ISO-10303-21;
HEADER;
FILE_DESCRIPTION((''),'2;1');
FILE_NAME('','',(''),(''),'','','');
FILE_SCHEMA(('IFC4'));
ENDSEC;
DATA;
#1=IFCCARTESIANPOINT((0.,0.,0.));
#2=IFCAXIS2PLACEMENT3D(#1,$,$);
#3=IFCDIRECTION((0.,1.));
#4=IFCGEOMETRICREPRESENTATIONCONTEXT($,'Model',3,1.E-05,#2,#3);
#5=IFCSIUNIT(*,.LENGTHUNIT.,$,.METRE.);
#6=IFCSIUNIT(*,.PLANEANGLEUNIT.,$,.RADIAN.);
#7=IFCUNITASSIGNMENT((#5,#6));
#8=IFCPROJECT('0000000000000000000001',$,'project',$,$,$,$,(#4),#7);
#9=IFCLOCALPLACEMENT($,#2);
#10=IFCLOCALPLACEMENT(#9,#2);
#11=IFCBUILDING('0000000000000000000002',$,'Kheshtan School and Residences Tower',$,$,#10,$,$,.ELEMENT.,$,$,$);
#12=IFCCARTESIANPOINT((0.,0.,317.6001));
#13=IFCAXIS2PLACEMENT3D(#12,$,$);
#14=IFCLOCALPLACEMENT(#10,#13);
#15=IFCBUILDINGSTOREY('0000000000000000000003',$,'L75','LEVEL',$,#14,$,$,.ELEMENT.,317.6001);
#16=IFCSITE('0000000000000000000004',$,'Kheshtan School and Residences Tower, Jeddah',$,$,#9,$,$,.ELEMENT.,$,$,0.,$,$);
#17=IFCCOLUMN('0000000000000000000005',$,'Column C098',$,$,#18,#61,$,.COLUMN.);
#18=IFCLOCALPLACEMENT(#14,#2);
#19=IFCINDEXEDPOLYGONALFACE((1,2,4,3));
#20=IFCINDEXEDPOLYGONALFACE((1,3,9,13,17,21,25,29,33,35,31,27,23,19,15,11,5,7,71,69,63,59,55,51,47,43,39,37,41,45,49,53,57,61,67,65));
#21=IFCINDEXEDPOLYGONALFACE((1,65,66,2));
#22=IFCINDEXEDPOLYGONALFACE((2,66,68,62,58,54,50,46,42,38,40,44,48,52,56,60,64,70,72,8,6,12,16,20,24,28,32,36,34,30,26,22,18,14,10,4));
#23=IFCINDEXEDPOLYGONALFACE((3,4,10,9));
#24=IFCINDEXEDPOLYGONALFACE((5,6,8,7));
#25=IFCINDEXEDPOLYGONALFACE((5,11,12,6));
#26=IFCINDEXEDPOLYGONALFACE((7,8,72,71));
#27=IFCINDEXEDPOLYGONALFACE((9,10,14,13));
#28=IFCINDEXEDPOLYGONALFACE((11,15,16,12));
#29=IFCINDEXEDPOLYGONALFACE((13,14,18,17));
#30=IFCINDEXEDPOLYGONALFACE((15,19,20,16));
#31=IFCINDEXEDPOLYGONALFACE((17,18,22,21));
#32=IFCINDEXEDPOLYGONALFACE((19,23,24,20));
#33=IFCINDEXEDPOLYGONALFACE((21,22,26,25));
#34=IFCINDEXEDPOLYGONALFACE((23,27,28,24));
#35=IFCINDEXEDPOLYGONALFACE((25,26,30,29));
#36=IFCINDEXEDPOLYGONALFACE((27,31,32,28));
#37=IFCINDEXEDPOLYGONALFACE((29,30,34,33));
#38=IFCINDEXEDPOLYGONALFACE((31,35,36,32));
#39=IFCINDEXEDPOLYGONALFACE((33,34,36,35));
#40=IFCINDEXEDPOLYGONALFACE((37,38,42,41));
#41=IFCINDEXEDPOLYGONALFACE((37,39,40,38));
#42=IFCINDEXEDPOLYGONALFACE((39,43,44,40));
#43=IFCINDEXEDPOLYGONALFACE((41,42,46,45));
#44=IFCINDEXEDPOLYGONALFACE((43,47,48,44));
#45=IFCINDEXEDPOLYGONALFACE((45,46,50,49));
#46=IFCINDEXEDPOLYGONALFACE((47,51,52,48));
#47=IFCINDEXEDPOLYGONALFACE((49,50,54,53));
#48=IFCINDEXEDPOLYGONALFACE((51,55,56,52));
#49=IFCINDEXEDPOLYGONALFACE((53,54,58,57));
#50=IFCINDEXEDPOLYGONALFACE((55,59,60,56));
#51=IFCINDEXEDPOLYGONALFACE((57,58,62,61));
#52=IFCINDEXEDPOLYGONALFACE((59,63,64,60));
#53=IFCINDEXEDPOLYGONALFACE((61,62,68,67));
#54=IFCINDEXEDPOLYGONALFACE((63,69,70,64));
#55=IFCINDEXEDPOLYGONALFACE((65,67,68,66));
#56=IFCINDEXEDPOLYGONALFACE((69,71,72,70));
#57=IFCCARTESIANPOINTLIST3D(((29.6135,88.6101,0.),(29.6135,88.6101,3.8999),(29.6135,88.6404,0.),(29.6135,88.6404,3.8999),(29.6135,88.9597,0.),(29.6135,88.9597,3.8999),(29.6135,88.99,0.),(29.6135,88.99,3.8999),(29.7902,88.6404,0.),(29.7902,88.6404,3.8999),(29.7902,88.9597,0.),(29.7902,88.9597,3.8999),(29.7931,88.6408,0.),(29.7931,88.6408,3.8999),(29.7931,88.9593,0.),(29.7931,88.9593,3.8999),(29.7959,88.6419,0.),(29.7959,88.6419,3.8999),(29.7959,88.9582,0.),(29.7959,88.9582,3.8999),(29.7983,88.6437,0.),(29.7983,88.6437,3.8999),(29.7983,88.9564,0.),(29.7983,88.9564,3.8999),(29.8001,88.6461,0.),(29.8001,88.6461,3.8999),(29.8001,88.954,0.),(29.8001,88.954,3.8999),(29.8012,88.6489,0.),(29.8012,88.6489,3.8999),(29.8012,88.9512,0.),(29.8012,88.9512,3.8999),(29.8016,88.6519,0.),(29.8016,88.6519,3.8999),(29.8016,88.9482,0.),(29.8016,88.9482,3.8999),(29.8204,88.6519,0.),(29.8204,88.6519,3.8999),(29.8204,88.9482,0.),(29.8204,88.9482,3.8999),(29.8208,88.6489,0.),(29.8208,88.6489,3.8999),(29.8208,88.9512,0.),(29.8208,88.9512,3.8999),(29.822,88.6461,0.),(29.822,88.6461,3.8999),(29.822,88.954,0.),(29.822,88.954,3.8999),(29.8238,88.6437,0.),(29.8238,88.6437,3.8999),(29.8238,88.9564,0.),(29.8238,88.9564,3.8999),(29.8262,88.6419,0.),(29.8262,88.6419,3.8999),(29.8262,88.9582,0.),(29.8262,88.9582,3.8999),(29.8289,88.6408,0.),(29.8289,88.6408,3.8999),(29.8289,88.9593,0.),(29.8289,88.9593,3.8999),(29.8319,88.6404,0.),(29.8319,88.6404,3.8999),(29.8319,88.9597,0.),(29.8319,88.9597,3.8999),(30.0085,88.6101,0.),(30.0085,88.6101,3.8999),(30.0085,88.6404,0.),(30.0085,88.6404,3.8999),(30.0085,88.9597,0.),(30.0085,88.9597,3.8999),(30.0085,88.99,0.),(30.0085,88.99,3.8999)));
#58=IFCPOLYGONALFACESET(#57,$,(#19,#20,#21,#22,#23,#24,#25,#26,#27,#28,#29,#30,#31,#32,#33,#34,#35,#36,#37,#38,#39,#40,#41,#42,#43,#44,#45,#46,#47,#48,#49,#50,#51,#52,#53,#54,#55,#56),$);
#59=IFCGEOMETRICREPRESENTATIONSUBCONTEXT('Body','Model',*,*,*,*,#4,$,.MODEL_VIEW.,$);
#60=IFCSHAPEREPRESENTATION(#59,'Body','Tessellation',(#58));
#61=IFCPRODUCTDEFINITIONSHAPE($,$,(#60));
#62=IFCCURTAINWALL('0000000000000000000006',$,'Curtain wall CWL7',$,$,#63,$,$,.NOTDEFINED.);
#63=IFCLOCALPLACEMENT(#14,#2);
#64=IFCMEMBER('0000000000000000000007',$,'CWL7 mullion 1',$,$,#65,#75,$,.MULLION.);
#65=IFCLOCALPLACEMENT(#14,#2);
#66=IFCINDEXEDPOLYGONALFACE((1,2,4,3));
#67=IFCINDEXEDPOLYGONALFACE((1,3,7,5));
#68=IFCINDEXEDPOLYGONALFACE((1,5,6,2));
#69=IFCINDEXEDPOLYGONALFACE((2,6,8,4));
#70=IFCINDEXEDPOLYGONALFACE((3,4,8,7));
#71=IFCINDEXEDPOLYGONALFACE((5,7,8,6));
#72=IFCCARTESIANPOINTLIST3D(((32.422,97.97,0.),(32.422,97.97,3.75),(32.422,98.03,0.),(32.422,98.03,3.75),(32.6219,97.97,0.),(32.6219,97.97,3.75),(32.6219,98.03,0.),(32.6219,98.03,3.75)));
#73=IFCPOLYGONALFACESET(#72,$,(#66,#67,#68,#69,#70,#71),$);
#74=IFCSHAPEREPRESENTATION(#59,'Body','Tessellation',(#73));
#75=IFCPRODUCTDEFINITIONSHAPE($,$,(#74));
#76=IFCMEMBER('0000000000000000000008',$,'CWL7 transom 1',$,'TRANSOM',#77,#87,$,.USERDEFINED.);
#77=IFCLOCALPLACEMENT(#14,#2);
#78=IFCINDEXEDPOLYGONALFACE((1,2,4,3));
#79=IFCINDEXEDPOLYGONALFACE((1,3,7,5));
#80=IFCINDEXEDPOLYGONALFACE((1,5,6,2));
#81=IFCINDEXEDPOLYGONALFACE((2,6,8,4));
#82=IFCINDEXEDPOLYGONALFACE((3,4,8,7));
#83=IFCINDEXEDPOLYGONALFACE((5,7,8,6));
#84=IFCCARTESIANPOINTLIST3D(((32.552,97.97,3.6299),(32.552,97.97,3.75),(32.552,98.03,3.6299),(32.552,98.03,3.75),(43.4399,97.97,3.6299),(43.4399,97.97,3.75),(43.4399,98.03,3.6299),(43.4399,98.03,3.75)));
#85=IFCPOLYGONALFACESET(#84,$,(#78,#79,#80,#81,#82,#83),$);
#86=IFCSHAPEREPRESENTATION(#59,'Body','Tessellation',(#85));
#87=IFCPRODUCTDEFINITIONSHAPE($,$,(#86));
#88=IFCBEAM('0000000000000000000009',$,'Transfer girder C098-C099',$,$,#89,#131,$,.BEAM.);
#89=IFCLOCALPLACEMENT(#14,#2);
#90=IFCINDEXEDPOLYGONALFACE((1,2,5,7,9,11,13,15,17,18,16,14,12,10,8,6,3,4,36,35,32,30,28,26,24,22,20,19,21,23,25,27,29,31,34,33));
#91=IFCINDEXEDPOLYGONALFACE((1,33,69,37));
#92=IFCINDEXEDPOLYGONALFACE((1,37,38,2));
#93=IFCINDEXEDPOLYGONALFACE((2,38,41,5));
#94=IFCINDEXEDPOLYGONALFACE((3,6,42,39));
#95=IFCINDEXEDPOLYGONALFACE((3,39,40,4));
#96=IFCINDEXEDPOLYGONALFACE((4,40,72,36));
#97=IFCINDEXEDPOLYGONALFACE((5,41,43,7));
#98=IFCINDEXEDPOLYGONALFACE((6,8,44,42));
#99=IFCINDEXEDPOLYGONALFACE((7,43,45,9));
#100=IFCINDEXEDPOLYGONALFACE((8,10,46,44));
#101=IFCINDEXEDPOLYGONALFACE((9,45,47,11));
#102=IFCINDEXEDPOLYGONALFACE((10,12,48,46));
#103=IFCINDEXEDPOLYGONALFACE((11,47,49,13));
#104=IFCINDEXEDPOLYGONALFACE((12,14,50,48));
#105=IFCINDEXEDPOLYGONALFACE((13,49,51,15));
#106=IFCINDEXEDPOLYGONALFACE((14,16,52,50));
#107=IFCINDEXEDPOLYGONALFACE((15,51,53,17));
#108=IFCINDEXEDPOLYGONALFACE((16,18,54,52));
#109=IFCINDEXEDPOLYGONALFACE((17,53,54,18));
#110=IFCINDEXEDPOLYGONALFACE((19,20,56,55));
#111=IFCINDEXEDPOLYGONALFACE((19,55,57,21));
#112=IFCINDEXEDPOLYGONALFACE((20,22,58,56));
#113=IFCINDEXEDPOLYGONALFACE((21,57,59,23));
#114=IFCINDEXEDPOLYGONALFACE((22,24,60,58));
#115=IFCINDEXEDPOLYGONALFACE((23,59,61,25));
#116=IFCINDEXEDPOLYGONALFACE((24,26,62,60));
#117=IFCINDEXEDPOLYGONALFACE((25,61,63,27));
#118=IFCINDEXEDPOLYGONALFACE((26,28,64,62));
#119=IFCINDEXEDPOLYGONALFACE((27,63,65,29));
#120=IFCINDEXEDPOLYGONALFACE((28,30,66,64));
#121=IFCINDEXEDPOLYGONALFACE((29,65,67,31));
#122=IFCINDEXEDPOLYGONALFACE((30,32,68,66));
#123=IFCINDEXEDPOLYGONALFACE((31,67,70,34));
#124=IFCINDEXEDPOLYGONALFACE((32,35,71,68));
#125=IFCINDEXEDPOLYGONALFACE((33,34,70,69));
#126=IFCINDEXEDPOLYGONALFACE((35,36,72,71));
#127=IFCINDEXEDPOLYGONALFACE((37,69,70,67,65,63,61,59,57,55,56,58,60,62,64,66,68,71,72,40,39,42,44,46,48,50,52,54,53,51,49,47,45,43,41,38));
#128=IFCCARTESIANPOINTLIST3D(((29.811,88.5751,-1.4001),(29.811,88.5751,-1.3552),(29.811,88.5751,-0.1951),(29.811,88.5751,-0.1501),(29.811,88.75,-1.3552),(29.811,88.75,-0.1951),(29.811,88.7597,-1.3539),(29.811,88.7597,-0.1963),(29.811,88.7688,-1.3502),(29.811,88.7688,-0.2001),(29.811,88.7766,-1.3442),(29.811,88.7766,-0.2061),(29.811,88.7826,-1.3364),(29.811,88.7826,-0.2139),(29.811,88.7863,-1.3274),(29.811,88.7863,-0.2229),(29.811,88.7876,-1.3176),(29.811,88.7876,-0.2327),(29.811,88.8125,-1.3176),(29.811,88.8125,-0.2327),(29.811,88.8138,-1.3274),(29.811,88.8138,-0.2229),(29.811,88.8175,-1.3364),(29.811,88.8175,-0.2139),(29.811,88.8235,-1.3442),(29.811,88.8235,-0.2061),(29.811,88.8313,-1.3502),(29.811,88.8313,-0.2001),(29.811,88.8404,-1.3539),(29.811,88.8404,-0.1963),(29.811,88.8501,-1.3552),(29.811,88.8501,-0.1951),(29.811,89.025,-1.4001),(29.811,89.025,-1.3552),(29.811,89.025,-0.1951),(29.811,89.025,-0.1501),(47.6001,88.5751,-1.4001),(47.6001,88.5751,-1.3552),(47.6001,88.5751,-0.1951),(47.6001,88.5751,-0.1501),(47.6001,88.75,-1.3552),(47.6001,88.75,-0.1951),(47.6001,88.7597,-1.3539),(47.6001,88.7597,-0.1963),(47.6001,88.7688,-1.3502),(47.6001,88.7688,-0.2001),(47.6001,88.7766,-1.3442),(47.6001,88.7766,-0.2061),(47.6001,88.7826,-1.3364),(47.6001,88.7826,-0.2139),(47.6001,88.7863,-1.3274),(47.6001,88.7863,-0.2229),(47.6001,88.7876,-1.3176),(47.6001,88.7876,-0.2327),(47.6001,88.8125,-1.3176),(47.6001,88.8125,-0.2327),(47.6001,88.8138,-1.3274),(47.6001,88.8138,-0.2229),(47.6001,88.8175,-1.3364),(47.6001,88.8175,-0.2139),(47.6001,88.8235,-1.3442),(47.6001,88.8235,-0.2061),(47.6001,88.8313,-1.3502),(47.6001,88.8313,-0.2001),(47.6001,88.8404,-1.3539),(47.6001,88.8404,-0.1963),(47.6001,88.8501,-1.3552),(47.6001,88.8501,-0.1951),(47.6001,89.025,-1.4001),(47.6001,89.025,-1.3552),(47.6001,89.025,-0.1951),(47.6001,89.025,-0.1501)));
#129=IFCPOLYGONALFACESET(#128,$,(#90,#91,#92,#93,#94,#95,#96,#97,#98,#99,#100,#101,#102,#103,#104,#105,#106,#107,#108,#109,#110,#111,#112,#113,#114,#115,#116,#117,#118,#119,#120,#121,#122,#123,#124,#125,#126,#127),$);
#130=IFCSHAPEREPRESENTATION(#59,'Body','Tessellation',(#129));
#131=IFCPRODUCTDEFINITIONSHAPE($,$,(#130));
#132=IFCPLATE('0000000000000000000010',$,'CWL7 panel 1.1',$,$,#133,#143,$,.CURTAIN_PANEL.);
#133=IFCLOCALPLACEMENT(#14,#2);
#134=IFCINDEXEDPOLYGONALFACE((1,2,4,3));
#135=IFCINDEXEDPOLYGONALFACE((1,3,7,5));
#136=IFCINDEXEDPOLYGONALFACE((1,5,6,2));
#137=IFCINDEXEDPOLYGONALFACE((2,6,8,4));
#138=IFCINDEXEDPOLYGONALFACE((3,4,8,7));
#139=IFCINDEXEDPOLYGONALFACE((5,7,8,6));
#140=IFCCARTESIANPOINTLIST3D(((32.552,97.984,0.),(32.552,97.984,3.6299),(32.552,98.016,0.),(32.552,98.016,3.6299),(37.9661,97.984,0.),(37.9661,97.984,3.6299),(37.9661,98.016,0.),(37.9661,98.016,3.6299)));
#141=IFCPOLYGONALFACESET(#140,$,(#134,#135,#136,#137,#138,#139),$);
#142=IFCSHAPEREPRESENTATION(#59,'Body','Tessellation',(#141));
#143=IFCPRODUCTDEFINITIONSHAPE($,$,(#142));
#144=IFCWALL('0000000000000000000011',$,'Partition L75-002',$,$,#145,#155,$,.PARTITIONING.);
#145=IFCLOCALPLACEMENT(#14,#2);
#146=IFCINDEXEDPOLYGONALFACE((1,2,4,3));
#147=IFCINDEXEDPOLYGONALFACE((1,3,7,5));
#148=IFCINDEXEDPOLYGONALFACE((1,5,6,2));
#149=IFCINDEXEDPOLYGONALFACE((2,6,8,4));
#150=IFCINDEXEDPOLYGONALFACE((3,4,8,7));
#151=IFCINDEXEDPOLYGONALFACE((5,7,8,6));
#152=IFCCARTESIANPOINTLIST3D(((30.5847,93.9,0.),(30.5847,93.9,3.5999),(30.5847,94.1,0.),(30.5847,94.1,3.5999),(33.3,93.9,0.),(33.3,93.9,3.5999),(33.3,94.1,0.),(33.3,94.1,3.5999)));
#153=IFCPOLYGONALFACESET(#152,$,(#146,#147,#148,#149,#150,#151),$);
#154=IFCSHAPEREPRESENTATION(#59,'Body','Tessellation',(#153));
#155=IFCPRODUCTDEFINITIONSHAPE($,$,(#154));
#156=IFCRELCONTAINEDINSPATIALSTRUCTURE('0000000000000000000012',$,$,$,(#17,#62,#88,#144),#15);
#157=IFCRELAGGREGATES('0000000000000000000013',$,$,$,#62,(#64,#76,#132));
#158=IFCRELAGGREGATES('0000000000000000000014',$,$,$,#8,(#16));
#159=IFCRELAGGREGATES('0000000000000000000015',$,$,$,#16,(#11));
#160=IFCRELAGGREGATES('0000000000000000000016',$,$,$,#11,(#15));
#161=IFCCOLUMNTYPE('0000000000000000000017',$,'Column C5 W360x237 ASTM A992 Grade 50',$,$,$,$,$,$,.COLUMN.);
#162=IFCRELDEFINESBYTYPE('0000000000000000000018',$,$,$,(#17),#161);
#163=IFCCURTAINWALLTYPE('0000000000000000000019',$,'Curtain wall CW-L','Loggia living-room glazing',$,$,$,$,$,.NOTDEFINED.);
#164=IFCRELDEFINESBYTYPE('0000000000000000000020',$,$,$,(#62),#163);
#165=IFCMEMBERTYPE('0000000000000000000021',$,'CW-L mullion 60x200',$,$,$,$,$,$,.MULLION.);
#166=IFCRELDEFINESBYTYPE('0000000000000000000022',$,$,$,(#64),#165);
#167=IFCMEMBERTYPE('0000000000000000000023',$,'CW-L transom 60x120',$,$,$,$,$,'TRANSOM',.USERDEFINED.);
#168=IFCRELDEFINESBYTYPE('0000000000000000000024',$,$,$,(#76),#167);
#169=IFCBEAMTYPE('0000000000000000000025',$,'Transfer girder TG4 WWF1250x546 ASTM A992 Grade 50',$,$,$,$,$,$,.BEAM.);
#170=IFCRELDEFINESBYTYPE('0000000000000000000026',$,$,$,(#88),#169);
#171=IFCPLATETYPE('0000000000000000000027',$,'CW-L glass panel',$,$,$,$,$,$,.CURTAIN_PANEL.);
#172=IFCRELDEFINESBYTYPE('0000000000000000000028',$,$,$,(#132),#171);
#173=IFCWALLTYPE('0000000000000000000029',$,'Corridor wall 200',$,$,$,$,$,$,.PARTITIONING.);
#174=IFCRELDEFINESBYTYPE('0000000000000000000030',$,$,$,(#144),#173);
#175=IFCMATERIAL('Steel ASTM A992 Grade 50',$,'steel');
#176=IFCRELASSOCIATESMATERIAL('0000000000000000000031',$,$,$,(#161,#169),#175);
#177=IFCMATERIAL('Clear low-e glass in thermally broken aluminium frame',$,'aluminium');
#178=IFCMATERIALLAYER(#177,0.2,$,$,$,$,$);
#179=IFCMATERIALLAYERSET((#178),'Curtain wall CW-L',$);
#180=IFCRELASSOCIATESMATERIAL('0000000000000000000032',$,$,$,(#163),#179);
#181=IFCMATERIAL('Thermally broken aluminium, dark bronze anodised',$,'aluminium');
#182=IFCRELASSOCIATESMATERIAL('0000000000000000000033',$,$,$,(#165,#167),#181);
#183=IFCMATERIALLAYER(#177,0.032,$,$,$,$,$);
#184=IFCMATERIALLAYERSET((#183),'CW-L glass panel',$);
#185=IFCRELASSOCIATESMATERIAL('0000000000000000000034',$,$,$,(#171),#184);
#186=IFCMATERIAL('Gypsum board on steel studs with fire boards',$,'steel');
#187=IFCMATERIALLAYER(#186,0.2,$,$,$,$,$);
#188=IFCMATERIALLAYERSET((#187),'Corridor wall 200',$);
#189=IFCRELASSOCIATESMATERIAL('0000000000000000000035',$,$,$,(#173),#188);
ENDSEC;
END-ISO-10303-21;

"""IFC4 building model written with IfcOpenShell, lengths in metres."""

from ifc_helpers import new_model, si_unit, direction, frame, frame_2d, origin, origin_2d, place, context, subcontext, project, spatial, rectangle, i_section, extrude, material, layer, layer_set, material_profile, profile_set, type_object, element, aggregate, save


model = new_model("IFC4")

# Units and contexts
model_context = context("Model", 3, precision=1e-05, world=origin(), true_north=direction((0.0, 1.0)))
body_context = subcontext(model_context, "Body", "Model", "MODEL_VIEW")
ifc_project = project(units=[si_unit("LENGTHUNIT", "METRE"), si_unit("PLANEANGLEUNIT", "RADIAN")], contexts=[model_context])

# Site, building, storey
site_placement = place(None, origin())
site = spatial("IfcSite", under=ifc_project, at=site_placement, Name="Kheshtan School and Residences Tower, Jeddah", CompositionType="ELEMENT", RefElevation=0.0)
building_placement = place(site_placement, origin())
building = spatial("IfcBuilding", under=site, at=building_placement, Name="Kheshtan School and Residences Tower", CompositionType="ELEMENT")
storey_placement = place(building_placement, frame((0.0, 0.0, 317.6001)))
storey = spatial("IfcBuildingStorey", under=building, at=storey_placement, Name="L75", Description="LEVEL", CompositionType="ELEMENT", Elevation=317.6001)

# Column
ifc_material_1 = material(Name="Steel ASTM A992 Grade 50", Category="steel")
ifc_material_profile_1 = material_profile(ifc_material_1, i_section(OverallWidth=0.395, OverallDepth=0.3799, WebThickness=0.0188, FlangeThickness=0.0303, FilletRadius=0.0115, at=origin_2d()), Name="W360x237")
ifc_profile_set_1 = profile_set([ifc_material_profile_1], Name="Steel ASTM A992 Grade 50")
column_type = type_object("IfcColumnType", Name="Column C5 W360x237 ASTM A992 Grade 50", PredefinedType="COLUMN", material=ifc_profile_set_1)
column_placement = place(storey_placement, frame((29.811, 88.8, 0.0), z_axis=(0.0, 0.0, 1.0), x_axis=(1.0, 0.0, 0.0)))
element("IfcColumn", 1, at=column_placement, inside=storey, type_object=column_type, Name="Column C098", PredefinedType="COLUMN", context=body_context, shape_type="SweptSolid", body=[
    extrude(i_section(OverallWidth=0.395, OverallDepth=0.3799, WebThickness=0.0188, FlangeThickness=0.0303, FilletRadius=0.0115, at=origin_2d()), origin(), (0.0, 0.0, 1.0), 3.8999),
])

# Curtain wall, members
ifc_material_2 = material(Name="Clear low-e glass in thermally broken aluminium frame", Category="aluminium")
ifc_layer_1 = layer(ifc_material_2, 0.2)
ifc_layer_set_1 = layer_set([ifc_layer_1], Name="Curtain wall CW-L")
curtain_wall_type = type_object("IfcCurtainWallType", Name="Curtain wall CW-L", Description="Loggia living-room glazing", PredefinedType="NOTDEFINED", material=ifc_layer_set_1)
curtain_wall_placement = place(storey_placement, origin())
curtain_wall = element("IfcCurtainWall", 2, at=curtain_wall_placement, inside=storey, type_object=curtain_wall_type, Name="Curtain wall CWL7", PredefinedType="NOTDEFINED")
ifc_material_3 = material(Name="Thermally broken aluminium, dark bronze anodised", Category="aluminium")
ifc_material_profile_2 = material_profile(ifc_material_3, rectangle(XDim=0.0601, YDim=0.2, at=origin_2d()), Name="CW-L mullion 60x200")
ifc_profile_set_2 = profile_set([ifc_material_profile_2], Name="Thermally broken aluminium, dark bronze anodised")
member_type_1 = type_object("IfcMemberType", Name="CW-L mullion 60x200", PredefinedType="MULLION", material=ifc_profile_set_2)
member_1_placement = place(storey_placement, frame((32.522, 98.0, 0.0), z_axis=(0.0, 0.0, 1.0), x_axis=(0.0, 1.0, 0.0)))
member_1 = element("IfcMember", 3, at=member_1_placement, type_object=member_type_1, Name="CWL7 mullion 1", PredefinedType="MULLION", context=body_context, shape_type="SweptSolid", body=[
    extrude(rectangle(XDim=0.0601, YDim=0.2, at=origin_2d()), origin(), (0.0, 0.0, 1.0), 3.75),
])
ifc_material_profile_3 = material_profile(ifc_material_3, rectangle(XDim=0.0601, YDim=0.1201, at=origin_2d()), Name="CW-L transom 60x120")
ifc_profile_set_3 = profile_set([ifc_material_profile_3], Name="Thermally broken aluminium, dark bronze anodised")
member_type_2 = type_object("IfcMemberType", Name="CW-L transom 60x120", ElementType="TRANSOM", PredefinedType="USERDEFINED", material=ifc_profile_set_3)
member_2_placement = place(storey_placement, frame((32.552, 98.0, 3.6899), z_axis=(1.0, 0.0, 0.0), x_axis=(0.0, 1.0, 0.0)))
member_2 = element("IfcMember", 4, at=member_2_placement, type_object=member_type_2, Name="CWL7 transom 1", ObjectType="TRANSOM", PredefinedType="USERDEFINED", context=body_context, shape_type="SweptSolid", body=[
    extrude(rectangle(XDim=0.0601, YDim=0.1201, at=origin_2d()), origin(), (0.0, 0.0, 1.0), 10.8879),
])

# Beam
ifc_material_profile_4 = material_profile(ifc_material_1, i_section(OverallWidth=0.45, OverallDepth=1.25, WebThickness=0.0249, FlangeThickness=0.0449, FilletRadius=0.0376, at=origin_2d()), Name="WWF1250x546")
ifc_profile_set_4 = profile_set([ifc_material_profile_4], Name="Steel ASTM A992 Grade 50")
beam_type = type_object("IfcBeamType", Name="Transfer girder TG4 WWF1250x546 ASTM A992 Grade 50", PredefinedType="BEAM", material=ifc_profile_set_4)
beam_placement = place(storey_placement, frame((29.811, 88.8, -0.7751), z_axis=(1.0, 0.0, 0.0), x_axis=(0.0, 1.0, 0.0)))
element("IfcBeam", 5, at=beam_placement, inside=storey, type_object=beam_type, Name="Transfer girder C098-C099", PredefinedType="BEAM", context=body_context, shape_type="SweptSolid", body=[
    extrude(i_section(OverallWidth=0.45, OverallDepth=1.25, WebThickness=0.0249, FlangeThickness=0.0449, FilletRadius=0.0376, at=origin_2d()), origin(), (0.0, 0.0, 1.0), 17.7891),
])

# Plate
ifc_layer_2 = layer(ifc_material_2, 0.032)
ifc_layer_set_2 = layer_set([ifc_layer_2], Name="CW-L glass panel")
plate_type = type_object("IfcPlateType", Name="CW-L glass panel", PredefinedType="CURTAIN_PANEL", material=ifc_layer_set_2)
plate_placement = place(storey_placement, frame((35.259, 98.0, 0.0), z_axis=(0.0, 0.0, 1.0), x_axis=(1.0, 0.0, 0.0)))
plate = element("IfcPlate", 6, at=plate_placement, type_object=plate_type, Name="CWL7 panel 1.1", PredefinedType="CURTAIN_PANEL", context=body_context, shape_type="SweptSolid", body=[
    extrude(rectangle(XDim=5.4141, YDim=0.032, at=origin_2d()), origin(), (0.0, 0.0, 1.0), 3.6299),
])
aggregate(curtain_wall, [member_1, member_2, plate])

# Wall
ifc_material_4 = material(Name="Gypsum board on steel studs with fire boards", Category="steel")
ifc_layer_3 = layer(ifc_material_4, 0.2)
ifc_layer_set_3 = layer_set([ifc_layer_3], Name="Corridor wall 200")
wall_type_1 = type_object("IfcWallType", Name="Corridor wall 200", PredefinedType="PARTITIONING", material=ifc_layer_set_3)
wall_1_placement = place(storey_placement, frame((30.5847, 94.0, 0.0), z_axis=(0.0, 0.0, 1.0), x_axis=(1.0, 0.0, 0.0)))
element("IfcWall", 7, at=wall_1_placement, inside=storey, type_object=wall_type_1, Name="Partition L75-002", PredefinedType="PARTITIONING", context=body_context, shape_type="SweptSolid", body=[
    extrude(rectangle(XDim=2.7153, YDim=0.2, at=frame_2d((1.3577, 0.0))), origin(), (0.0, 0.0, 1.0), 3.5999),
])

save(model, "model.ifc")
